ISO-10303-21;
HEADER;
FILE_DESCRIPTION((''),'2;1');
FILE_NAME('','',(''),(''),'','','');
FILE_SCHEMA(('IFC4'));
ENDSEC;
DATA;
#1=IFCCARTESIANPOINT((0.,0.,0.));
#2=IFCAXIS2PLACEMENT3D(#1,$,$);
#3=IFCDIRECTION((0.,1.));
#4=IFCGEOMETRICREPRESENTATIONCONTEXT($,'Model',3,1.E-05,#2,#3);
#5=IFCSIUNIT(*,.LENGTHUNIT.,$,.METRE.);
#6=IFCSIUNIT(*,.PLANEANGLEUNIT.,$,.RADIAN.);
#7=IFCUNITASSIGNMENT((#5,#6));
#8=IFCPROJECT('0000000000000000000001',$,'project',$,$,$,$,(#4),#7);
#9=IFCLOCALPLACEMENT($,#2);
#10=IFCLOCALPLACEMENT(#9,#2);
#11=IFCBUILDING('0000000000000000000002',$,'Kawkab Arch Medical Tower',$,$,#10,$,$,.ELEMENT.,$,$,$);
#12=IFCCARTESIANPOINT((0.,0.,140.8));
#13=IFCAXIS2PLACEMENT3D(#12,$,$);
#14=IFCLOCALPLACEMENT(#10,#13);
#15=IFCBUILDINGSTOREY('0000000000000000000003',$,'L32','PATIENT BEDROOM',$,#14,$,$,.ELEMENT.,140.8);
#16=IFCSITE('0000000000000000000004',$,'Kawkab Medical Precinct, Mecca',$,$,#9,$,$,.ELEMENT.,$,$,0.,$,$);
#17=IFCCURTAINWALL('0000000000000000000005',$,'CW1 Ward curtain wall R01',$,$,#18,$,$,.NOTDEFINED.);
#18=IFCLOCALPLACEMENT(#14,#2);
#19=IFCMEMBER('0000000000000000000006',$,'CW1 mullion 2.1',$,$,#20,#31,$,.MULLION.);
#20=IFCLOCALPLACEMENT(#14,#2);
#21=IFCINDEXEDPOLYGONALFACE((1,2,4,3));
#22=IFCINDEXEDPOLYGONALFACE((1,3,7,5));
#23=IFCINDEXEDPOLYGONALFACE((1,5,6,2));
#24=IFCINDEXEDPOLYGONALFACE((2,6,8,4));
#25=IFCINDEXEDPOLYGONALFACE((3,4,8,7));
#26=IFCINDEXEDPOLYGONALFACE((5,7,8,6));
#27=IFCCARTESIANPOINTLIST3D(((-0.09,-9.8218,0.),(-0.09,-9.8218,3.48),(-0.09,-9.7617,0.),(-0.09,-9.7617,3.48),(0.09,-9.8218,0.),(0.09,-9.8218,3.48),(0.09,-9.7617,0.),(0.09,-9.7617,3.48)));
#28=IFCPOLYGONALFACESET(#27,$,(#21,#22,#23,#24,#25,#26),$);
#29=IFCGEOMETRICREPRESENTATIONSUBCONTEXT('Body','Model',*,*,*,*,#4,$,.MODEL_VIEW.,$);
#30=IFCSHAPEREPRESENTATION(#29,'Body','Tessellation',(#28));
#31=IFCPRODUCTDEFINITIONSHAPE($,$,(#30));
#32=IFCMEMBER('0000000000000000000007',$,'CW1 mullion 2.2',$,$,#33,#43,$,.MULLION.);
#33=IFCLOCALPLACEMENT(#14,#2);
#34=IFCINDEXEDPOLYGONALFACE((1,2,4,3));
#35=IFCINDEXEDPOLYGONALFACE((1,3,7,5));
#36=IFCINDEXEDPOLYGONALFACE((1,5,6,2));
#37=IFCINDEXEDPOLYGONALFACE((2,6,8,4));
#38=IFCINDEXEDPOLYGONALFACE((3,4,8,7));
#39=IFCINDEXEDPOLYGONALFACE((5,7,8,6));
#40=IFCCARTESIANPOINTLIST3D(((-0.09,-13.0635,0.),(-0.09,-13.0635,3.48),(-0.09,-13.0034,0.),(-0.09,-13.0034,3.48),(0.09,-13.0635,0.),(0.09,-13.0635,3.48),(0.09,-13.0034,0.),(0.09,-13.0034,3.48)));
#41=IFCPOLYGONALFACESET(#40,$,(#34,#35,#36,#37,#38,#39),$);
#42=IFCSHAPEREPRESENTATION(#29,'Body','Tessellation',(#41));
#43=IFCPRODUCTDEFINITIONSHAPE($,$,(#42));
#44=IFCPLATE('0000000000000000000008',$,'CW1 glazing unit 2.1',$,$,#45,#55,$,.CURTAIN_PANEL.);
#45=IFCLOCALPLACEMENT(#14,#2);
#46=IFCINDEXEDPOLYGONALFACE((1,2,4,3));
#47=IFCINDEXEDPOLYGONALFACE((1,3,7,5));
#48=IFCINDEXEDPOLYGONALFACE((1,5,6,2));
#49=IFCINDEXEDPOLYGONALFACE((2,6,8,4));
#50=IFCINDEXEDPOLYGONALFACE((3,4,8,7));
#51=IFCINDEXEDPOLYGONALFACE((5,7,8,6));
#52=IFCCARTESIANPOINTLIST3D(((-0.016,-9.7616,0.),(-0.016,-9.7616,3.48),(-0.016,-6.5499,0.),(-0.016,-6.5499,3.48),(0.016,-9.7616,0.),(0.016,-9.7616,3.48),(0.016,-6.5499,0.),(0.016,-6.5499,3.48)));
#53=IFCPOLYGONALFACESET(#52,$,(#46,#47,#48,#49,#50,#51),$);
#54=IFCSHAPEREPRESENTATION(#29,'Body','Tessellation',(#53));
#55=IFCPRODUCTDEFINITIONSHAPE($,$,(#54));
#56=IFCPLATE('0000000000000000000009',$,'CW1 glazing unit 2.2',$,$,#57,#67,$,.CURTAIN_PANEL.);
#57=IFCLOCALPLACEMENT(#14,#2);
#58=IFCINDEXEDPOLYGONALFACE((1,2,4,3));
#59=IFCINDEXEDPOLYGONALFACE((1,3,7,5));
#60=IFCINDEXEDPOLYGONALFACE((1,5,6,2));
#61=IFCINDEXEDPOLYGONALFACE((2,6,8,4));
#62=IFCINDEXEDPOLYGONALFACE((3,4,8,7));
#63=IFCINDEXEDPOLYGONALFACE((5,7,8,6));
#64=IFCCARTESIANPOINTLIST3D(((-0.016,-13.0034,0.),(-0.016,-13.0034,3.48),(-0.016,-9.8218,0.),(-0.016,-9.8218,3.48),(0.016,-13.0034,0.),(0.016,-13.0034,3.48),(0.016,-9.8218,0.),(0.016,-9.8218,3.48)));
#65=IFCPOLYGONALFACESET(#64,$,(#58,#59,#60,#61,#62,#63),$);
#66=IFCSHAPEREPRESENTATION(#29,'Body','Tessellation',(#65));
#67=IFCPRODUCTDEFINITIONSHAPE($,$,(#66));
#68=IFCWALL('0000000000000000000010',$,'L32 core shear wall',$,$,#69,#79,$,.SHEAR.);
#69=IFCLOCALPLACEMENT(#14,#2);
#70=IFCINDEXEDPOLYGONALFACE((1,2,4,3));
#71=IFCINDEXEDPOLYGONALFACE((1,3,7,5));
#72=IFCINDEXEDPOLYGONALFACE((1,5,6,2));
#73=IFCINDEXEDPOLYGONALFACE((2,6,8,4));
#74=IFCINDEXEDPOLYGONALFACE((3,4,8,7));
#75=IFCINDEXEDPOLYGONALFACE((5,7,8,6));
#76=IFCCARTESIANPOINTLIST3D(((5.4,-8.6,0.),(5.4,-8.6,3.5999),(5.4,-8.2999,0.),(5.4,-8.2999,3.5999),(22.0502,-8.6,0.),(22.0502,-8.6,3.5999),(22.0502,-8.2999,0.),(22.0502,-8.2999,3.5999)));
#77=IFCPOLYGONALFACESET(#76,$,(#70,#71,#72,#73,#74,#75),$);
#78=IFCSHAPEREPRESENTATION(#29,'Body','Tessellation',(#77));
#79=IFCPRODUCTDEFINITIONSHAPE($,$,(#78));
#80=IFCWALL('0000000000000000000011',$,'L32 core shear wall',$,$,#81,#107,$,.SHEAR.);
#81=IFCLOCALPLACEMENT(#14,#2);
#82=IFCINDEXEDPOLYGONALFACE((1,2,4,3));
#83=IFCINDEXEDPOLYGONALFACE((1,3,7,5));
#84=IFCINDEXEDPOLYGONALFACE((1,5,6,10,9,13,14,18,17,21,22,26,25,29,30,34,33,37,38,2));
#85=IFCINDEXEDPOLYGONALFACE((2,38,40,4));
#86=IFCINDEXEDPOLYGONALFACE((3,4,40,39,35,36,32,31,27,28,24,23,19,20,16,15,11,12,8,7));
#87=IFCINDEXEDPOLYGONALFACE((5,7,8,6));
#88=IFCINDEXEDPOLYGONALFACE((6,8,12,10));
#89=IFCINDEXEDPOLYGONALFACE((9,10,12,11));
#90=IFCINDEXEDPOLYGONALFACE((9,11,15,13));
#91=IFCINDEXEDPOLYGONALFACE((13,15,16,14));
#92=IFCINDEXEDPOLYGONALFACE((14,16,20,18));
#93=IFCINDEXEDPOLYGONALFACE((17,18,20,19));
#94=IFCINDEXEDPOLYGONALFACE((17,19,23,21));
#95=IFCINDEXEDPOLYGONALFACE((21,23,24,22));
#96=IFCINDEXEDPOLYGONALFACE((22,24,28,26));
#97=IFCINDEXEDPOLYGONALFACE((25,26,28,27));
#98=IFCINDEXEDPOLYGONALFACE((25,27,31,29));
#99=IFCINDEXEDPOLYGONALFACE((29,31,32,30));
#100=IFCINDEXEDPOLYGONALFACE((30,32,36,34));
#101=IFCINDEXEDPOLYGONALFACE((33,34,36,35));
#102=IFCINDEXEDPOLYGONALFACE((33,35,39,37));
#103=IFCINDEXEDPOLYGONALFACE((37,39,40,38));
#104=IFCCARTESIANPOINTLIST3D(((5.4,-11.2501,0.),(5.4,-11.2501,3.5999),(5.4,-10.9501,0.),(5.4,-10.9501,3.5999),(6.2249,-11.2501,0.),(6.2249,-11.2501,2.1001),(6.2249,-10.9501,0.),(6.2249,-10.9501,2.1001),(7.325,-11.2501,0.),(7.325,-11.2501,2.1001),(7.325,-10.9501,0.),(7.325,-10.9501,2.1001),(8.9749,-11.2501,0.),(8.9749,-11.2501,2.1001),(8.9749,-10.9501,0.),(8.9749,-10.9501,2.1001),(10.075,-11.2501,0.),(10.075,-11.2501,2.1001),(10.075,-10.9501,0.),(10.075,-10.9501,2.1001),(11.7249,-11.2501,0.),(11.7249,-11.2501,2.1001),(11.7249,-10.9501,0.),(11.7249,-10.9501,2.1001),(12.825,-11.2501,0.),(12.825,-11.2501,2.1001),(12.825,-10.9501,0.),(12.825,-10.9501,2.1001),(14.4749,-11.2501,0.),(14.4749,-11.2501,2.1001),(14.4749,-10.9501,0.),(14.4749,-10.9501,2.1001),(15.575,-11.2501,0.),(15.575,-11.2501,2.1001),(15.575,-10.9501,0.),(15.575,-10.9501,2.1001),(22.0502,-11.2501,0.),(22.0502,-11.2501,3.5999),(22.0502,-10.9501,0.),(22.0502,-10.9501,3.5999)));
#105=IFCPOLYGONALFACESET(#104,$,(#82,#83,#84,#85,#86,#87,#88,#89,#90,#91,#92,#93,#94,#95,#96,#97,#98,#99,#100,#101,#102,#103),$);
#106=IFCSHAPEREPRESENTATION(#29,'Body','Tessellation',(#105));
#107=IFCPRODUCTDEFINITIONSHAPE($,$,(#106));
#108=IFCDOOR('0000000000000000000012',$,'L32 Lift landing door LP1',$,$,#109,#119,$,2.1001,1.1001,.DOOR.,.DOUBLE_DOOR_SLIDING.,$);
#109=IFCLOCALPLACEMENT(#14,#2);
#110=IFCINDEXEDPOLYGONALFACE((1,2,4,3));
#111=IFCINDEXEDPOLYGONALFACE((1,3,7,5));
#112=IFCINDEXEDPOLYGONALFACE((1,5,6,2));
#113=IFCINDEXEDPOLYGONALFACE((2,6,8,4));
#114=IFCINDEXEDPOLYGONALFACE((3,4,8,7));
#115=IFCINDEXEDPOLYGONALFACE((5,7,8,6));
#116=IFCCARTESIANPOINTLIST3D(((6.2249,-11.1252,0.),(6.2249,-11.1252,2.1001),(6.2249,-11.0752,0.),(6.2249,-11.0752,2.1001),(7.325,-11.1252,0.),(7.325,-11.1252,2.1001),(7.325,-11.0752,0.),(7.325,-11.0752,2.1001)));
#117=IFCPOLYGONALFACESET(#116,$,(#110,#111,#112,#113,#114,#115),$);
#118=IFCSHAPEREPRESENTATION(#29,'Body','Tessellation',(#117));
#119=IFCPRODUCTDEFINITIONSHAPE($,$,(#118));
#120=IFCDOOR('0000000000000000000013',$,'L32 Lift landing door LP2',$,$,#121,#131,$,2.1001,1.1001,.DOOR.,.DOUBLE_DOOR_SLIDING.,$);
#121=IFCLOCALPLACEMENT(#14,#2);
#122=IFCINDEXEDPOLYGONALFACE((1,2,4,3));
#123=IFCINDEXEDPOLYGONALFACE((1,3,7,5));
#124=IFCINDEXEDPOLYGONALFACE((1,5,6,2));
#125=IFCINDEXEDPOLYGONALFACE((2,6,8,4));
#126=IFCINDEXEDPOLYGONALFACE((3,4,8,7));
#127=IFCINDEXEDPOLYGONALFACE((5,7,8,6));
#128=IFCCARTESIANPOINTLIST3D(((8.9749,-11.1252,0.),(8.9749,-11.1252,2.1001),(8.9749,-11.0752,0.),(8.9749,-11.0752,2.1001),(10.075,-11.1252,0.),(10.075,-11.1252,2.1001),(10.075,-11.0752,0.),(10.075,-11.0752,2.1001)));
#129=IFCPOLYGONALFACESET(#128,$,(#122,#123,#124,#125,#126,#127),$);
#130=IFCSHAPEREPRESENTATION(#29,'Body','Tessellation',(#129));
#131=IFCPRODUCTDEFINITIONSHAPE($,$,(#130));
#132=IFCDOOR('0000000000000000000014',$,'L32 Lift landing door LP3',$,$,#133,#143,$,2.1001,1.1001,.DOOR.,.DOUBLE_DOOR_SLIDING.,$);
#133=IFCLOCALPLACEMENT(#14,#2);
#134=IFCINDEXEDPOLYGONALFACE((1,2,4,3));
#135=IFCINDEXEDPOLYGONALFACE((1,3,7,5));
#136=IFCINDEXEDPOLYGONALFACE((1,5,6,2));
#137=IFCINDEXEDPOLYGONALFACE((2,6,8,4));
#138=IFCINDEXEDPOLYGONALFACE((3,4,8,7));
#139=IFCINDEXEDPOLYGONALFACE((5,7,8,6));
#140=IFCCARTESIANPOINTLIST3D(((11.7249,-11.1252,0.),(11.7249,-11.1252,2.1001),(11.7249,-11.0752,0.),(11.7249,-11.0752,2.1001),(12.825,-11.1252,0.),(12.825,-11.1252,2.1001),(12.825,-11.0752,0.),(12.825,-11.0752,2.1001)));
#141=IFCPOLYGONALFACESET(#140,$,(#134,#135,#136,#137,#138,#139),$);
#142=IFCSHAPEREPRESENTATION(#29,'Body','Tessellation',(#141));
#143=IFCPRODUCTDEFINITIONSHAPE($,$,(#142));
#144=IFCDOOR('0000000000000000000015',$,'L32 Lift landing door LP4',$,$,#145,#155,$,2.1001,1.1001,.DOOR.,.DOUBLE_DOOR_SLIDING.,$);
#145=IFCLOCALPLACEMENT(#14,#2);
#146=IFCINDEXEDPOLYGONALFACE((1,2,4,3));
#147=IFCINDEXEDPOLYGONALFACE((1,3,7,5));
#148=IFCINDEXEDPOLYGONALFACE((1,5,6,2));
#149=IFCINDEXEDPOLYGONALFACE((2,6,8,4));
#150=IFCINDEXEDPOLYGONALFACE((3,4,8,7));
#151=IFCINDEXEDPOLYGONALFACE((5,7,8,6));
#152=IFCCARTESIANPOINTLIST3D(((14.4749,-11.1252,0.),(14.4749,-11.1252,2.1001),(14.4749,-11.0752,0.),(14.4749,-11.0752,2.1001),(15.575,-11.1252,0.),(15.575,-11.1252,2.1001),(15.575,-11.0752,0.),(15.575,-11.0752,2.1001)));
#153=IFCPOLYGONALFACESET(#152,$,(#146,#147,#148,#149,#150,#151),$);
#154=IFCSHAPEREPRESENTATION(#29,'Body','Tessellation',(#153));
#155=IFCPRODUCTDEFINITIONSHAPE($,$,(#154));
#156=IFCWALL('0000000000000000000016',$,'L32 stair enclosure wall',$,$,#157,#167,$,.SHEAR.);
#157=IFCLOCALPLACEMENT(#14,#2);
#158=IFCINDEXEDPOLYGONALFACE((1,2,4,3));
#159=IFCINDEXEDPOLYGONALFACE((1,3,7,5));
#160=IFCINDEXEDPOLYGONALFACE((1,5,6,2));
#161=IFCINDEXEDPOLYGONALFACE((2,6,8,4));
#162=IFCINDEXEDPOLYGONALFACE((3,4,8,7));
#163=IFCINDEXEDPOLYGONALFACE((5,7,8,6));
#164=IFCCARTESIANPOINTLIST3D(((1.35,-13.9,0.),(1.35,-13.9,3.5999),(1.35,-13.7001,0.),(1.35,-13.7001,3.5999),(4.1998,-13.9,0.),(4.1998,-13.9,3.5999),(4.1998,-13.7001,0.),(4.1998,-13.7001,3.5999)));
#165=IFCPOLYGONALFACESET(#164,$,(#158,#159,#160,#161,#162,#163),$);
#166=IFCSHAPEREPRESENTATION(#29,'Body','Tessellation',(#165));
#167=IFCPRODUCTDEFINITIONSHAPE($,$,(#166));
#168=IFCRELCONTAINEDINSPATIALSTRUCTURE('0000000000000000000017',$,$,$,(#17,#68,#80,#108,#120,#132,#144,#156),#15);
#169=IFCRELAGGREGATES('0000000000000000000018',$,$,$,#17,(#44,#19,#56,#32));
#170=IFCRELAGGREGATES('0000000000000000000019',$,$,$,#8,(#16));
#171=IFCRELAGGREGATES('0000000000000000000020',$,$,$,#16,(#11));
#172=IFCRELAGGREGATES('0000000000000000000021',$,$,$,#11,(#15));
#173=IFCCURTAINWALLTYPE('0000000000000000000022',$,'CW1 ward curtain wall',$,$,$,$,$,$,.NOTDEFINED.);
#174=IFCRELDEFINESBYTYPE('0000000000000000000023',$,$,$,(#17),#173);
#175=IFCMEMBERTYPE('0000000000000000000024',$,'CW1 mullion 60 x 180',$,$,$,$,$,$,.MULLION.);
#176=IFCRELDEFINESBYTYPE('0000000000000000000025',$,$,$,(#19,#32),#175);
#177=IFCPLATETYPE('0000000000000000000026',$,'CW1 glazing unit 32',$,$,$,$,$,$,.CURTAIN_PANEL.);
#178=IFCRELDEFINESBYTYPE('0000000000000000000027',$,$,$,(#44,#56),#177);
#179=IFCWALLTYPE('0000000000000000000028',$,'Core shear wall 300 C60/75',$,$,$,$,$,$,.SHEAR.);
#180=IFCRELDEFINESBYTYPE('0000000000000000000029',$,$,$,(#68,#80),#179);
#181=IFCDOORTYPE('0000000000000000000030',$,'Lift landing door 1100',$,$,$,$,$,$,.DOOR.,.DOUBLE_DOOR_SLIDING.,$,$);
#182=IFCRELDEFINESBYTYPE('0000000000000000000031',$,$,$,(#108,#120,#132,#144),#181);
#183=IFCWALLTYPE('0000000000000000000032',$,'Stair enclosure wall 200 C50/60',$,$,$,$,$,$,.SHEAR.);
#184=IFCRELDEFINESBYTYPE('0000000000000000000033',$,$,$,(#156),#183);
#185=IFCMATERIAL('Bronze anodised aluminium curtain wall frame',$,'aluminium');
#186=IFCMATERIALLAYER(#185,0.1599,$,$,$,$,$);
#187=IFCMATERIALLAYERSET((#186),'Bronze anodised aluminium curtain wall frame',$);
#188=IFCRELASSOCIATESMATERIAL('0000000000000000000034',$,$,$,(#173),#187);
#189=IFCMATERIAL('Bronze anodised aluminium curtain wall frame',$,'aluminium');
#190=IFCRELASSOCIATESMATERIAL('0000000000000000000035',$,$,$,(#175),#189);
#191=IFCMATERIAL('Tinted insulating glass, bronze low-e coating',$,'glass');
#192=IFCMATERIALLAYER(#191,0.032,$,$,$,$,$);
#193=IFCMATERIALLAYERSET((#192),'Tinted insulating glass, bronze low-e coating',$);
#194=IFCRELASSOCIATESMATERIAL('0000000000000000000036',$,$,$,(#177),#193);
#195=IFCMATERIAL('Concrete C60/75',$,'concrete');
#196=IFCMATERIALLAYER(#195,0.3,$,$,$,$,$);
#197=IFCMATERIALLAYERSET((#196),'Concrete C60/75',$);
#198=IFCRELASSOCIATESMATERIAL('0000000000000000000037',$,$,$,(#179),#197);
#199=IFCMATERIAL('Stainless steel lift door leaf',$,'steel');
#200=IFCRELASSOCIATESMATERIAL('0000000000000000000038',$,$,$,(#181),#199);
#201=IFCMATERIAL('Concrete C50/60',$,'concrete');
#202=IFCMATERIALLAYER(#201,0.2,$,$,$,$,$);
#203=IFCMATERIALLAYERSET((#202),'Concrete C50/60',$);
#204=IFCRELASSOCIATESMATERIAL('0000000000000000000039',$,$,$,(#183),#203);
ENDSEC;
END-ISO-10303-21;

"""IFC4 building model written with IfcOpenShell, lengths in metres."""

from ifc_helpers import new_model, si_unit, direction, frame, frame_2d, origin, origin_2d, place, context, subcontext, project, spatial, rectangle, extrude, material, layer, layer_set, material_profile, profile_set, type_object, element, fill, aggregate, save


model = new_model("IFC4")

# Units and contexts
model_context = context("Model", 3, precision=1e-05, world=origin(), true_north=direction((0.0, 1.0)))
body_context = subcontext(model_context, "Body", "Model", "MODEL_VIEW")
ifc_project = project(units=[si_unit("LENGTHUNIT", "METRE"), si_unit("PLANEANGLEUNIT", "RADIAN")], contexts=[model_context])

# Site, building, storey
site_placement = place(None, origin())
site = spatial("IfcSite", under=ifc_project, at=site_placement, Name="Kawkab Medical Precinct, Mecca", CompositionType="ELEMENT", RefElevation=0.0)
building_placement = place(site_placement, origin())
building = spatial("IfcBuilding", under=site, at=building_placement, Name="Kawkab Arch Medical Tower", CompositionType="ELEMENT")
storey_placement = place(building_placement, frame((0.0, 0.0, 140.8)))
storey = spatial("IfcBuildingStorey", under=building, at=storey_placement, Name="L32", Description="PATIENT BEDROOM", CompositionType="ELEMENT", Elevation=140.8)

# Curtain wall, members, plates
ifc_material_1 = material(Name="Bronze anodised aluminium curtain wall frame", Category="aluminium")
ifc_layer_1 = layer(ifc_material_1, 0.1599)
ifc_layer_set_1 = layer_set([ifc_layer_1], Name="Bronze anodised aluminium curtain wall frame")
curtain_wall_type = type_object("IfcCurtainWallType", Name="CW1 ward curtain wall", PredefinedType="NOTDEFINED", material=ifc_layer_set_1)
placement = place(storey_placement, origin())
curtain_wall = element("IfcCurtainWall", 1, at=placement, inside=storey, type_object=curtain_wall_type, Name="CW1 Ward curtain wall R01", PredefinedType="NOTDEFINED")
ifc_material_2 = material(Name="Bronze anodised aluminium curtain wall frame", Category="aluminium")
ifc_material_profile_1 = material_profile(ifc_material_2, rectangle(XDim=0.1799, YDim=0.0601, at=origin_2d()), Name="AL 60x180")
ifc_profile_set_1 = profile_set([ifc_material_profile_1], Name="Bronze anodised aluminium curtain wall frame")
member_type = type_object("IfcMemberType", Name="CW1 mullion 60 x 180", PredefinedType="MULLION", material=ifc_profile_set_1)
member_1_placement = place(storey_placement, frame((0.0, -9.7917, 0.0), z_axis=(0.0, 0.0, 1.0), x_axis=(1.0, 0.0, 0.0)))
member_1 = element("IfcMember", 2, at=member_1_placement, type_object=member_type, Name="CW1 mullion 2.1", PredefinedType="MULLION", context=body_context, shape_type="SweptSolid", body=[
    extrude(rectangle(XDim=0.1799, YDim=0.0601, at=origin_2d()), origin(), (0.0, 0.0, 1.0), 3.48),
])
member_2_placement = place(storey_placement, frame((0.0, -13.0334, 0.0), z_axis=(0.0, 0.0, 1.0), x_axis=(1.0, 0.0, 0.0)))
member_2 = element("IfcMember", 3, at=member_2_placement, type_object=member_type, Name="CW1 mullion 2.2", PredefinedType="MULLION", context=body_context, shape_type="SweptSolid", body=[
    extrude(rectangle(XDim=0.1799, YDim=0.0601, at=origin_2d()), origin(), (0.0, 0.0, 1.0), 3.48),
])
ifc_material_3 = material(Name="Tinted insulating glass, bronze low-e coating", Category="glass")
ifc_layer_2 = layer(ifc_material_3, 0.032)
ifc_layer_set_2 = layer_set([ifc_layer_2], Name="Tinted insulating glass, bronze low-e coating")
plate_type = type_object("IfcPlateType", Name="CW1 glazing unit 32", PredefinedType="CURTAIN_PANEL", material=ifc_layer_set_2)
plate_1_placement = place(storey_placement, frame((0.0, -8.1558, 0.0), z_axis=(0.0, 0.0, 1.0), x_axis=(0.0, -1.0, 0.0)))
plate_1 = element("IfcPlate", 4, at=plate_1_placement, type_object=plate_type, Name="CW1 glazing unit 2.1", PredefinedType="CURTAIN_PANEL", context=body_context, shape_type="SweptSolid", body=[
    extrude(rectangle(XDim=3.2117, YDim=0.032, at=origin_2d()), origin(), (0.0, 0.0, 1.0), 3.48),
])
plate_2_placement = place(storey_placement, frame((0.0, -11.4126, 0.0), z_axis=(0.0, 0.0, 1.0), x_axis=(0.0, -1.0, 0.0)))
plate_2 = element("IfcPlate", 5, at=plate_2_placement, type_object=plate_type, Name="CW1 glazing unit 2.2", PredefinedType="CURTAIN_PANEL", context=body_context, shape_type="SweptSolid", body=[
    extrude(rectangle(XDim=3.1816, YDim=0.032, at=origin_2d()), origin(), (0.0, 0.0, 1.0), 3.48),
])
aggregate(curtain_wall, [plate_1, member_1, plate_2, member_2])

# Wall
ifc_material_4 = material(Name="Concrete C60/75", Category="concrete")
ifc_layer_3 = layer(ifc_material_4, 0.3)
ifc_layer_set_3 = layer_set([ifc_layer_3], Name="Concrete C60/75")
wall_type_1 = type_object("IfcWallType", Name="Core shear wall 300 C60/75", PredefinedType="SHEAR", material=ifc_layer_set_3)
wall_1_placement = place(storey_placement, frame((5.3999, -8.45, 0.0), z_axis=(0.0, 0.0, 1.0), x_axis=(1.0, 0.0, 0.0)))
element("IfcWall", 6, at=wall_1_placement, inside=storey, type_object=wall_type_1, Name="L32 core shear wall", PredefinedType="SHEAR", context=body_context, shape_type="SweptSolid", body=[
    extrude(rectangle(XDim=16.6501, YDim=0.3, at=frame_2d((8.3252, 0.0))), origin(), (0.0, 0.0, 1.0), 3.5999),
])

# Wall, openings, doors
wall_2_placement = place(storey_placement, frame((5.3999, -11.1001, 0.0), z_axis=(0.0, 0.0, 1.0), x_axis=(1.0, 0.0, 0.0)))
wall_2 = element("IfcWall", 7, at=wall_2_placement, inside=storey, type_object=wall_type_1, Name="L32 core shear wall", PredefinedType="SHEAR", context=body_context, shape_type="SweptSolid", body=[
    extrude(rectangle(XDim=16.6501, YDim=0.3, at=frame_2d((8.3252, 0.0))), origin(), (0.0, 0.0, 1.0), 3.5999),
])
opening_1_placement = place(wall_2_placement, frame((0.825, 0.0, 0.0)))
opening_1 = element("IfcOpeningElement", 8, at=opening_1_placement, cuts=wall_2, PredefinedType="OPENING", context=body_context, shape_type="SweptSolid", body=[
    extrude(rectangle(XDim=1.1001, YDim=2.1001, at=frame_2d((0.55, 1.05))), frame((0.0, 0.1599, 0.0), z_axis=(0.0, -1.0, 0.0), x_axis=(1.0, 0.0, 0.0)), (0.0, 0.0, 1.0), 0.3201),
])
opening_2_placement = place(wall_2_placement, frame((3.575, 0.0, 0.0)))
opening_2 = element("IfcOpeningElement", 9, at=opening_2_placement, cuts=wall_2, PredefinedType="OPENING", context=body_context, shape_type="SweptSolid", body=[
    extrude(rectangle(XDim=1.1001, YDim=2.1001, at=frame_2d((0.55, 1.05))), frame((0.0, 0.1599, 0.0), z_axis=(0.0, -1.0, 0.0), x_axis=(1.0, 0.0, 0.0)), (0.0, 0.0, 1.0), 0.3201),
])
opening_3_placement = place(wall_2_placement, frame((6.325, 0.0, 0.0)))
opening_3 = element("IfcOpeningElement", 10, at=opening_3_placement, cuts=wall_2, PredefinedType="OPENING", context=body_context, shape_type="SweptSolid", body=[
    extrude(rectangle(XDim=1.1001, YDim=2.1001, at=frame_2d((0.55, 1.05))), frame((0.0, 0.1599, 0.0), z_axis=(0.0, -1.0, 0.0), x_axis=(1.0, 0.0, 0.0)), (0.0, 0.0, 1.0), 0.3201),
])
opening_4_placement = place(wall_2_placement, frame((9.075, 0.0, 0.0)))
opening_4 = element("IfcOpeningElement", 11, at=opening_4_placement, cuts=wall_2, PredefinedType="OPENING", context=body_context, shape_type="SweptSolid", body=[
    extrude(rectangle(XDim=1.1001, YDim=2.1001, at=frame_2d((0.55, 1.05))), frame((0.0, 0.1599, 0.0), z_axis=(0.0, -1.0, 0.0), x_axis=(1.0, 0.0, 0.0)), (0.0, 0.0, 1.0), 0.3201),
])
ifc_material_5 = material(Name="Stainless steel lift door leaf", Category="steel")
door_type = type_object("IfcDoorType", Name="Lift landing door 1100", OperationType="DOUBLE_DOOR_SLIDING", PredefinedType="DOOR", material=ifc_material_5)
door_1_placement = place(opening_1_placement, origin())
door_1 = element("IfcDoor", 12, at=door_1_placement, inside=storey, type_object=door_type, Name="L32 Lift landing door LP1", OperationType="DOUBLE_DOOR_SLIDING", OverallHeight=2.1001, OverallWidth=1.1001, PredefinedType="DOOR", context=body_context, shape_type="SweptSolid", body=[
    extrude(rectangle(XDim=1.1001, YDim=2.1001, at=frame_2d((0.55, 1.05))), frame((0.0, 0.0249, 0.0), z_axis=(0.0, -1.0, 0.0), x_axis=(1.0, 0.0, 0.0)), (0.0, 0.0, 1.0), 0.05),
])
fill(opening_1, door_1)
door_2_placement = place(opening_2_placement, origin())
door_2 = element("IfcDoor", 13, at=door_2_placement, inside=storey, type_object=door_type, Name="L32 Lift landing door LP2", OperationType="DOUBLE_DOOR_SLIDING", OverallHeight=2.1001, OverallWidth=1.1001, PredefinedType="DOOR", context=body_context, shape_type="SweptSolid", body=[
    extrude(rectangle(XDim=1.1001, YDim=2.1001, at=frame_2d((0.55, 1.05))), frame((0.0, 0.0249, 0.0), z_axis=(0.0, -1.0, 0.0), x_axis=(1.0, 0.0, 0.0)), (0.0, 0.0, 1.0), 0.05),
])
fill(opening_2, door_2)
door_3_placement = place(opening_3_placement, origin())
door_3 = element("IfcDoor", 14, at=door_3_placement, inside=storey, type_object=door_type, Name="L32 Lift landing door LP3", OperationType="DOUBLE_DOOR_SLIDING", OverallHeight=2.1001, OverallWidth=1.1001, PredefinedType="DOOR", context=body_context, shape_type="SweptSolid", body=[
    extrude(rectangle(XDim=1.1001, YDim=2.1001, at=frame_2d((0.55, 1.05))), frame((0.0, 0.0249, 0.0), z_axis=(0.0, -1.0, 0.0), x_axis=(1.0, 0.0, 0.0)), (0.0, 0.0, 1.0), 0.05),
])
fill(opening_3, door_3)
door_4_placement = place(opening_4_placement, origin())
door_4 = element("IfcDoor", 15, at=door_4_placement, inside=storey, type_object=door_type, Name="L32 Lift landing door LP4", OperationType="DOUBLE_DOOR_SLIDING", OverallHeight=2.1001, OverallWidth=1.1001, PredefinedType="DOOR", context=body_context, shape_type="SweptSolid", body=[
    extrude(rectangle(XDim=1.1001, YDim=2.1001, at=frame_2d((0.55, 1.05))), frame((0.0, 0.0249, 0.0), z_axis=(0.0, -1.0, 0.0), x_axis=(1.0, 0.0, 0.0)), (0.0, 0.0, 1.0), 0.05),
])
fill(opening_4, door_4)

# Wall
ifc_material_6 = material(Name="Concrete C50/60", Category="concrete")
ifc_layer_4 = layer(ifc_material_6, 0.2)
ifc_layer_set_4 = layer_set([ifc_layer_4], Name="Concrete C50/60")
wall_type_2 = type_object("IfcWallType", Name="Stair enclosure wall 200 C50/60", PredefinedType="SHEAR", material=ifc_layer_set_4)
wall_3_placement = place(storey_placement, frame((1.3501, -13.8, 0.0), z_axis=(0.0, 0.0, 1.0), x_axis=(1.0, 0.0, 0.0)))
element("IfcWall", 16, at=wall_3_placement, inside=storey, type_object=wall_type_2, Name="L32 stair enclosure wall", PredefinedType="SHEAR", context=body_context, shape_type="SweptSolid", body=[
    extrude(rectangle(XDim=2.8499, YDim=0.2, at=frame_2d((1.4248, 0.0))), origin(), (0.0, 0.0, 1.0), 3.5999),
])

save(model, "model.ifc")
